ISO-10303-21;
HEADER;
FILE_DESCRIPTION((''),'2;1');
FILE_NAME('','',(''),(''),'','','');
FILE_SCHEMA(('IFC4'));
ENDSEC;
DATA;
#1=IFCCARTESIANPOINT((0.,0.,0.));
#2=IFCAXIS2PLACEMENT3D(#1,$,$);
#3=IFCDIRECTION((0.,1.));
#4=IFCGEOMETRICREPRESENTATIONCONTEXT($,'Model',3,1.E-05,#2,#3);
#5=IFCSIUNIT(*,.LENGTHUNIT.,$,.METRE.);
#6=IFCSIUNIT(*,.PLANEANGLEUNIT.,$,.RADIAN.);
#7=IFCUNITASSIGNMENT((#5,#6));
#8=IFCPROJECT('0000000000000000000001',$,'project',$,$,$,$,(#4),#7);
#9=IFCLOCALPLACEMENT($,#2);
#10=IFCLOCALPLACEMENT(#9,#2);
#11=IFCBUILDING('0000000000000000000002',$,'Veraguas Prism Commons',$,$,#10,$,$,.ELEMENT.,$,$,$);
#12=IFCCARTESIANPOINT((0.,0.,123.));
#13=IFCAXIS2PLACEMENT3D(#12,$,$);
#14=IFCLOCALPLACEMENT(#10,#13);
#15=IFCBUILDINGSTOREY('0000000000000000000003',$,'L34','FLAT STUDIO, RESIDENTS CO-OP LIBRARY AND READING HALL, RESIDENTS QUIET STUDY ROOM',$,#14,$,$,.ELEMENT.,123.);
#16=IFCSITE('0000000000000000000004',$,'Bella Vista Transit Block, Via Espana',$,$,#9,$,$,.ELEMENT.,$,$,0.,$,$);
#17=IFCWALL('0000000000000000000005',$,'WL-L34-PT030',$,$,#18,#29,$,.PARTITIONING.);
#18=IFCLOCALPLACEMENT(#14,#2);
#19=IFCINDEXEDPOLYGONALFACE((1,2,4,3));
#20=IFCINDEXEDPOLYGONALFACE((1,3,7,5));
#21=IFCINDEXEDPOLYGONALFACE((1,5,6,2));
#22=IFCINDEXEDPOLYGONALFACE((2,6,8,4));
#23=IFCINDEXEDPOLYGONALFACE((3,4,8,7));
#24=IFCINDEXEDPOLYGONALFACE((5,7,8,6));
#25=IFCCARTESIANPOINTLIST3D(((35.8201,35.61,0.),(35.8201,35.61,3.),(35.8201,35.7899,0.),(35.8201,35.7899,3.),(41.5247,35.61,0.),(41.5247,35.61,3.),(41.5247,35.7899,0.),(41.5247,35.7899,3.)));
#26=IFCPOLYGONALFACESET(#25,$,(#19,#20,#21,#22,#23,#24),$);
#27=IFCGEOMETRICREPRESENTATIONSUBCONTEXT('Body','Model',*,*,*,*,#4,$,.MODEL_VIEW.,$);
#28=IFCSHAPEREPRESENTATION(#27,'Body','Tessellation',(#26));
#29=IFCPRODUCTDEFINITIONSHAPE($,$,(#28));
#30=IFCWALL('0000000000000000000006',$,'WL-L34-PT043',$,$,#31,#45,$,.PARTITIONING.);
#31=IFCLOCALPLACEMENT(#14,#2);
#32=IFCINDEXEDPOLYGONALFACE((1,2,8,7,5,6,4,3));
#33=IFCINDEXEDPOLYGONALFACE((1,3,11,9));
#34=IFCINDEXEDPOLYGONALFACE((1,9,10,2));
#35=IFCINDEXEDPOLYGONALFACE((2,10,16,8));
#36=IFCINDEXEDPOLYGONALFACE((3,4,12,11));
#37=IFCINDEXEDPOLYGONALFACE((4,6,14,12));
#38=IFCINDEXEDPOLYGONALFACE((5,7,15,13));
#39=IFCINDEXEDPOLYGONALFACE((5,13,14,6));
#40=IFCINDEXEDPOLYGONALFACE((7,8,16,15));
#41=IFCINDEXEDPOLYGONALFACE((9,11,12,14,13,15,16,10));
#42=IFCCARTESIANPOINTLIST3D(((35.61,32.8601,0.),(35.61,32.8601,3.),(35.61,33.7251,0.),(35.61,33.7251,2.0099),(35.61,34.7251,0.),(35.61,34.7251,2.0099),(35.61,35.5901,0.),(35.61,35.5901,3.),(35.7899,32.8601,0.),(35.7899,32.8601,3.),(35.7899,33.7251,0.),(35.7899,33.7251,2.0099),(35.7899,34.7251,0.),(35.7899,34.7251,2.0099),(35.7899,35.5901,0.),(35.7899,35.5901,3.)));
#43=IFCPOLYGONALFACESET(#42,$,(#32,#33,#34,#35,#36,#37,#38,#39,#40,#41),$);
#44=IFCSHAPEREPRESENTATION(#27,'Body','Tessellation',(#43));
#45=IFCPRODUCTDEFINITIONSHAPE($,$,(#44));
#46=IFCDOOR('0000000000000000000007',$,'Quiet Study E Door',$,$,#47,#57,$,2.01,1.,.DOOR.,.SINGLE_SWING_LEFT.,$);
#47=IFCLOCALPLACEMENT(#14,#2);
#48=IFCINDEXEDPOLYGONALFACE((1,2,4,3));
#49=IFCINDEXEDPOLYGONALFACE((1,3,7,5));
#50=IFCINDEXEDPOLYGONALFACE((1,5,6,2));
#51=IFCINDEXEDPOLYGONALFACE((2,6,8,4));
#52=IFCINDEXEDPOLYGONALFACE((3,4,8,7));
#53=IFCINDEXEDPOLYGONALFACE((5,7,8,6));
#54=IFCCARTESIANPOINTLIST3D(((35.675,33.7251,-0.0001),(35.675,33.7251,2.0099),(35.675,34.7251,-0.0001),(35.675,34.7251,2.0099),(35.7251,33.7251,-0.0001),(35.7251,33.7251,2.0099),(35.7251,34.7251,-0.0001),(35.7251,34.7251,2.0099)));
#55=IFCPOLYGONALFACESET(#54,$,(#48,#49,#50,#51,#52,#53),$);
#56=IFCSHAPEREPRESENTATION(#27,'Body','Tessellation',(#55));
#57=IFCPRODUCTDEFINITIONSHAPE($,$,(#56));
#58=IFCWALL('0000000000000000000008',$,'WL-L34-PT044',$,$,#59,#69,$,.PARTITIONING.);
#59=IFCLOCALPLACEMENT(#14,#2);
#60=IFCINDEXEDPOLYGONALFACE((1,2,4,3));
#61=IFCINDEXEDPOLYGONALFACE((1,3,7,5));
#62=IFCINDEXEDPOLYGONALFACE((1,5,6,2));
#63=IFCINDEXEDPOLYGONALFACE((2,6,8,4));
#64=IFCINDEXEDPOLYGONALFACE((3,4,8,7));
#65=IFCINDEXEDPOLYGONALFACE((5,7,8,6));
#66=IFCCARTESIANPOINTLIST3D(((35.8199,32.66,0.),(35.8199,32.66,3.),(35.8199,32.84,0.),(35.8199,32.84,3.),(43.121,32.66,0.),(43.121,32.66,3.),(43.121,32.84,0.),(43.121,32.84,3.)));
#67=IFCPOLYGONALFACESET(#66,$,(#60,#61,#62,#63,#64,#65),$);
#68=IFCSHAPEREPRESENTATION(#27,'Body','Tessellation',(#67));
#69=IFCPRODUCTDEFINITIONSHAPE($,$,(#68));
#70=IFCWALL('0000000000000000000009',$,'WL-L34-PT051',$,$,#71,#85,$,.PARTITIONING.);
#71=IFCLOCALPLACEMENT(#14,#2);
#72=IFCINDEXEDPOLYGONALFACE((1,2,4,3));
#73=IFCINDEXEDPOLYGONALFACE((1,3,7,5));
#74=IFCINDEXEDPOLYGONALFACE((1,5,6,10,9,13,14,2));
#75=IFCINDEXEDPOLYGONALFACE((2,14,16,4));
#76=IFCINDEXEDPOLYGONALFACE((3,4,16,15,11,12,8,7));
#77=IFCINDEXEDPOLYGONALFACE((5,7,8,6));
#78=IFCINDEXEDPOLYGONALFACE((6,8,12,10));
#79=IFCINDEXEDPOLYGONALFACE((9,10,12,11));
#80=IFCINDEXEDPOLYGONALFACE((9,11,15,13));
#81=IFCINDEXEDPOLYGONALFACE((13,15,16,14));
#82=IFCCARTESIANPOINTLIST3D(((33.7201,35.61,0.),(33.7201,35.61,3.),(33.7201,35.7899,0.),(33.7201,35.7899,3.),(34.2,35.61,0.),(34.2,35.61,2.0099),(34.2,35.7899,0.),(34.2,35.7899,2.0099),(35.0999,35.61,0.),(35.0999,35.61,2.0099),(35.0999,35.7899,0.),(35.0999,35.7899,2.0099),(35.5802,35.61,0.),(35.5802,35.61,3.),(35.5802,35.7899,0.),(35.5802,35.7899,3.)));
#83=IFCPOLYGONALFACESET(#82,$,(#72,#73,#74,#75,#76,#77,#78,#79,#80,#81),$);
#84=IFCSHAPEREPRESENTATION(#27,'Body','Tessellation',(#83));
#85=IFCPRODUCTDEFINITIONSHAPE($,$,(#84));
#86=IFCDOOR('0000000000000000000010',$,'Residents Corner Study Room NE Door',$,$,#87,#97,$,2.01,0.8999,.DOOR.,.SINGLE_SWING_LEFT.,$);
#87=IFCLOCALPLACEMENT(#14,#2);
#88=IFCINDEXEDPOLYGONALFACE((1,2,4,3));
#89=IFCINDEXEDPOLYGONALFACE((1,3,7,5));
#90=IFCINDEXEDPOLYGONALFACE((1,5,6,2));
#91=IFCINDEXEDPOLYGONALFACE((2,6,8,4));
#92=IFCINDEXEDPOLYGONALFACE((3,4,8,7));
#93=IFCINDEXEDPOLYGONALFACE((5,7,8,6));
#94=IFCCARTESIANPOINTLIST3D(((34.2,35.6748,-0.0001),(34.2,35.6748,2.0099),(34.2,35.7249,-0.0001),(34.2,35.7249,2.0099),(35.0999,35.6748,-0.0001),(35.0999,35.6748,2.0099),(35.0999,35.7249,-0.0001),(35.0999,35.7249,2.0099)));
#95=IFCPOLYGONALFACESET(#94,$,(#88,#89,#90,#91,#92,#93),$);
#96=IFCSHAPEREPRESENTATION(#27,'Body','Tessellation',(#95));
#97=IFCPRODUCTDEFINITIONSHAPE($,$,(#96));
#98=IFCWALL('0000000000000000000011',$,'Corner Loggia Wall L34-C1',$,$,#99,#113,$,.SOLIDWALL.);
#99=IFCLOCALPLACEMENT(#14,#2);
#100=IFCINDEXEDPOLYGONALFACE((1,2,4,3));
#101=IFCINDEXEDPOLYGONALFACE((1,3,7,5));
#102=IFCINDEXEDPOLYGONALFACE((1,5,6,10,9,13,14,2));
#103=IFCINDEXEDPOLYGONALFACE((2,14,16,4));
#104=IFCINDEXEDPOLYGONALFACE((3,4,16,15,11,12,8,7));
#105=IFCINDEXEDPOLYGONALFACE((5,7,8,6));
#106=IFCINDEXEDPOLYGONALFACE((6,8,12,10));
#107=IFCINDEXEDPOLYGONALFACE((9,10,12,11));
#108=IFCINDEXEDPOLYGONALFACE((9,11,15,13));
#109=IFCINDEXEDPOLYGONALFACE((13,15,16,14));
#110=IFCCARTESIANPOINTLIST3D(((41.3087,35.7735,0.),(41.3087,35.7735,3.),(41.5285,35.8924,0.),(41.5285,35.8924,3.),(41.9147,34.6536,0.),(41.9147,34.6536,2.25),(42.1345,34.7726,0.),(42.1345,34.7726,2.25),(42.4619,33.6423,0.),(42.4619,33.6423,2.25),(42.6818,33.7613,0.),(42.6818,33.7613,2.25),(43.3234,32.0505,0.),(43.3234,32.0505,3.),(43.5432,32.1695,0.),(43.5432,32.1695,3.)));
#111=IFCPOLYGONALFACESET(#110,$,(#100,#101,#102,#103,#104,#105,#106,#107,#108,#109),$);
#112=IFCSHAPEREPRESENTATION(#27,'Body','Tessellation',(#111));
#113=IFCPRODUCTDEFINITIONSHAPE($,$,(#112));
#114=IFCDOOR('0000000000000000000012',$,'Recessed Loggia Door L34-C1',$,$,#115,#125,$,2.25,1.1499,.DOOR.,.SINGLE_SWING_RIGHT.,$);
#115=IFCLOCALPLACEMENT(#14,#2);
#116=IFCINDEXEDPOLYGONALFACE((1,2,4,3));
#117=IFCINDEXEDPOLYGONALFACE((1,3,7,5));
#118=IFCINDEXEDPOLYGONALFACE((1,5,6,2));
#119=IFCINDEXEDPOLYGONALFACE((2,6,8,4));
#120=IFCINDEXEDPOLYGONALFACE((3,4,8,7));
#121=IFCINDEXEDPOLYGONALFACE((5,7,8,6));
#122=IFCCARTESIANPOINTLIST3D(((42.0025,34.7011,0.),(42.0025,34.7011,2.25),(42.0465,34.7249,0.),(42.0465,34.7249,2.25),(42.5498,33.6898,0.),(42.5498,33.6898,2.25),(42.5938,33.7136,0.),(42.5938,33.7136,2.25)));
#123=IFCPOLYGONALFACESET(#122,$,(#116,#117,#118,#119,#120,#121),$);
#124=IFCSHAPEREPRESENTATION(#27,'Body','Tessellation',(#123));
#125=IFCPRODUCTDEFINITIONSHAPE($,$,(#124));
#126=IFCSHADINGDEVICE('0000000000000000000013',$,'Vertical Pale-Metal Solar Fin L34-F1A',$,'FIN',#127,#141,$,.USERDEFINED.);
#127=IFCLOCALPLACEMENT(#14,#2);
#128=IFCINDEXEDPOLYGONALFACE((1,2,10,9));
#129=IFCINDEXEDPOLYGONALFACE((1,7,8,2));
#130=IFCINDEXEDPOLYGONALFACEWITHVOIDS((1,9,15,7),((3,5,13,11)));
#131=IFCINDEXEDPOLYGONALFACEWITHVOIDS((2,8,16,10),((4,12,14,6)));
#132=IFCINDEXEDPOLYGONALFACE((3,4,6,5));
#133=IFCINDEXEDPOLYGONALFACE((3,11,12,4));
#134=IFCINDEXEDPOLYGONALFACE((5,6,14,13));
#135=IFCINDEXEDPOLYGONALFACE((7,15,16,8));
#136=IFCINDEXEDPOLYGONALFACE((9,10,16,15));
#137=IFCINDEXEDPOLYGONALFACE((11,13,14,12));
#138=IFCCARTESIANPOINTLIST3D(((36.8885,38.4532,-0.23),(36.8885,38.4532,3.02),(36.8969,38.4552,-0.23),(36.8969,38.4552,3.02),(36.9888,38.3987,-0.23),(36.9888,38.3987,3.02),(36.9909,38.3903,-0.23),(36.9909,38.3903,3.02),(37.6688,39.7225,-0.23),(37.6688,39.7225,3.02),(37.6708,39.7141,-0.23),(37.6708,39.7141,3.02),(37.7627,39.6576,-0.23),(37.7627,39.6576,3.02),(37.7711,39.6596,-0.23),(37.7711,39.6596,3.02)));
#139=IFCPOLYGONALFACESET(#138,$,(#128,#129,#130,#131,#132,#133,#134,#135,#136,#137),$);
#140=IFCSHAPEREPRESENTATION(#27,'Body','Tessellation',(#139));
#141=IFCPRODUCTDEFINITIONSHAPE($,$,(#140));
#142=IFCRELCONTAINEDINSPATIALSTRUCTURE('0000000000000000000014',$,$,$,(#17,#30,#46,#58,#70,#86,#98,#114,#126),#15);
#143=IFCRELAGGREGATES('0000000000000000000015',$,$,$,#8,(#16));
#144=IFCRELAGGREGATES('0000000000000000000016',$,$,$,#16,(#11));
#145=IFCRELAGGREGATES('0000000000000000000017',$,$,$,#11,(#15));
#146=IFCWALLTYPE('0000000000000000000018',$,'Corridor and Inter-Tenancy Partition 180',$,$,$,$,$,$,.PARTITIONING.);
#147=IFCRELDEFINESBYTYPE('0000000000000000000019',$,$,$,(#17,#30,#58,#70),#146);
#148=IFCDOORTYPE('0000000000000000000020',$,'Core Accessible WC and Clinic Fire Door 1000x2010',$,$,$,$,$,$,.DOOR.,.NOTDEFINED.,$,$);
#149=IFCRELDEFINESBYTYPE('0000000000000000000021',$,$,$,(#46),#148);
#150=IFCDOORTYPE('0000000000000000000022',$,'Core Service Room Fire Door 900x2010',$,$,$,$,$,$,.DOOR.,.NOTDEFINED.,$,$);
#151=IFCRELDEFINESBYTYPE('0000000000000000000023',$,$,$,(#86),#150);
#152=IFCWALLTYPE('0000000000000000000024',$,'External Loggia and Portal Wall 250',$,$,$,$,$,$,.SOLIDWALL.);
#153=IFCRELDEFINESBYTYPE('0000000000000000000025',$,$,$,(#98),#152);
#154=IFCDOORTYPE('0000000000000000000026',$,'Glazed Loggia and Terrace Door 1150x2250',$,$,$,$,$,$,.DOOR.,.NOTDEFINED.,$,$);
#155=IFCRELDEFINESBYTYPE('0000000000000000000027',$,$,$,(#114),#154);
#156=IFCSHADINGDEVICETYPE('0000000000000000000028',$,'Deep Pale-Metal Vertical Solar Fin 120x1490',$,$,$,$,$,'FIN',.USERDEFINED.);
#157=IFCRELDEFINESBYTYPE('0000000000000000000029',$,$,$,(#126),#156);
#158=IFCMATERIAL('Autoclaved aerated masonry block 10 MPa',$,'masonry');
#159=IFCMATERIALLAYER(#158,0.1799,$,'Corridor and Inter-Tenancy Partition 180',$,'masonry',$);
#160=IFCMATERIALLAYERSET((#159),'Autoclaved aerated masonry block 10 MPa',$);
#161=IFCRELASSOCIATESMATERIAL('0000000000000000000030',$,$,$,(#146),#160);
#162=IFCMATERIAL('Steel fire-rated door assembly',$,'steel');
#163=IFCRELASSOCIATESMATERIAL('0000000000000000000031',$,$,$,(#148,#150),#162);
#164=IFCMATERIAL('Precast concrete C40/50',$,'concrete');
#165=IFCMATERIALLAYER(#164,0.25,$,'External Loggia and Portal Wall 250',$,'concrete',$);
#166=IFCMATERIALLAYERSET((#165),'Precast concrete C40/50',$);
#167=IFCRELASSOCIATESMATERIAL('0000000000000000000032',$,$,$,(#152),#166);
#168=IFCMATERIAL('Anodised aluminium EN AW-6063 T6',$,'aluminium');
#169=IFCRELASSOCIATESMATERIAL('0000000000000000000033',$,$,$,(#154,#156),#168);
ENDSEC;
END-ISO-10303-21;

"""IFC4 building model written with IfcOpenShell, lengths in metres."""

from ifc_helpers import new_model, si_unit, direction, frame, frame_2d, origin, origin_2d, place, context, subcontext, project, spatial, rectangle, hollow_rectangle, extrude, source, transform, mapped, material, layer, layer_set, material_profile, profile_set, type_object, element, fill, save


model = new_model("IFC4")

# Units and contexts
model_context = context("Model", 3, precision=1e-05, world=origin(), true_north=direction((0.0, 1.0)))
body_context = subcontext(model_context, "Body", "Model", "MODEL_VIEW")
ifc_project = project(units=[si_unit("LENGTHUNIT", "METRE"), si_unit("PLANEANGLEUNIT", "RADIAN")], contexts=[model_context])

# Site, building, storey
site_placement = place(None, origin())
site = spatial("IfcSite", under=ifc_project, at=site_placement, Name="Bella Vista Transit Block, Via Espana", CompositionType="ELEMENT", RefElevation=0.0)
building_placement = place(site_placement, origin())
building = spatial("IfcBuilding", under=site, at=building_placement, Name="Veraguas Prism Commons", CompositionType="ELEMENT")
storey_placement = place(building_placement, frame((0.0, 0.0, 123.0)))
storey = spatial("IfcBuildingStorey", under=building, at=storey_placement, Name="L34", Description="FLAT STUDIO, RESIDENTS CO-OP LIBRARY AND READING HALL, RESIDENTS QUIET STUDY ROOM", CompositionType="ELEMENT", Elevation=123.0)

# Shared definitions
ifc_material_1 = material(Name="Anodised aluminium EN AW-6063 T6", Category="aluminium")

# Wall
ifc_material_2 = material(Name="Autoclaved aerated masonry block 10 MPa", Category="masonry")
ifc_layer_1 = layer(ifc_material_2, 0.1799, Name="Corridor and Inter-Tenancy Partition 180", Category="masonry")
ifc_layer_set_1 = layer_set([ifc_layer_1], Name="Autoclaved aerated masonry block 10 MPa")
wall_type_1 = type_object("IfcWallType", Name="Corridor and Inter-Tenancy Partition 180", PredefinedType="PARTITIONING", material=ifc_layer_set_1)
wall_1_placement = place(storey_placement, frame((35.8201, 35.7, 0.0), z_axis=(0.0, 0.0, 1.0), x_axis=(1.0, 0.0, 0.0)))
element("IfcWall", 1, at=wall_1_placement, inside=storey, type_object=wall_type_1, Name="WL-L34-PT030", PredefinedType="PARTITIONING", context=body_context, shape_type="SweptSolid", body=[
    extrude(rectangle(XDim=5.7046, YDim=0.1799, at=frame_2d((2.8523, 0.0))), origin(), (0.0, 0.0, 1.0), 3.0),
])

# Wall, opening, door
wall_2_placement = place(storey_placement, frame((35.7, 32.8601, 0.0), z_axis=(0.0, 0.0, 1.0), x_axis=(0.0, 1.0, 0.0)))
wall_2 = element("IfcWall", 2, at=wall_2_placement, inside=storey, type_object=wall_type_1, Name="WL-L34-PT043", PredefinedType="PARTITIONING", context=body_context, shape_type="SweptSolid", body=[
    extrude(rectangle(XDim=2.73, YDim=0.1799, at=frame_2d((1.365, 0.0))), origin(), (0.0, 0.0, 1.0), 3.0),
])
opening_1_placement = place(wall_2_placement, frame((0.865, 0.0, 0.0)))
opening_1 = element("IfcOpeningElement", 3, at=opening_1_placement, cuts=wall_2, PredefinedType="OPENING", context=body_context, shape_type="SweptSolid", body=[
    extrude(rectangle(XDim=1.0, YDim=2.01, at=frame_2d((0.5, 1.0049))), frame((0.0, 0.0999, 0.0), z_axis=(0.0, -1.0, 0.0), x_axis=(1.0, 0.0, 0.0)), (0.0, 0.0, 1.0), 0.2),
])
ifc_material_3 = material(Name="Steel fire-rated door assembly", Category="steel")
door_type_1 = type_object("IfcDoorType", Name="Core Accessible WC and Clinic Fire Door 1000x2010", OperationType="NOTDEFINED", PredefinedType="DOOR", material=ifc_material_3)
shared_shape_1 = source(origin(), body_context, "Body", "SweptSolid", [
    extrude(rectangle(XDim=1.0, YDim=2.01, at=frame_2d((0.5, 1.0049))), frame((0.0, 0.0249, 0.0), z_axis=(0.0, -1.0, 0.0), x_axis=(1.0, 0.0, 0.0)), (0.0, 0.0, 1.0), 0.05),
])
door_1_placement = place(opening_1_placement, origin())
door_1 = element("IfcDoor", 4, at=door_1_placement, inside=storey, type_object=door_type_1, Name="Quiet Study E Door", OperationType="SINGLE_SWING_LEFT", OverallHeight=2.01, OverallWidth=1.0, PredefinedType="DOOR", context=body_context, shape_type="MappedRepresentation", body=[
    mapped(shared_shape_1, transform((0.0, 0.0, 0.0), scale=1.0)),
])
fill(opening_1, door_1)

# Wall
wall_3_placement = place(storey_placement, frame((35.8201, 32.75, 0.0), z_axis=(0.0, 0.0, 1.0), x_axis=(1.0, 0.0, 0.0)))
element("IfcWall", 5, at=wall_3_placement, inside=storey, type_object=wall_type_1, Name="WL-L34-PT044", PredefinedType="PARTITIONING", context=body_context, shape_type="SweptSolid", body=[
    extrude(rectangle(XDim=7.301, YDim=0.1799, at=frame_2d((3.6504, 0.0))), origin(), (0.0, 0.0, 1.0), 3.0),
])

# Walls, openings, doors
wall_4_placement = place(storey_placement, frame((33.72, 35.7, 0.0), z_axis=(0.0, 0.0, 1.0), x_axis=(1.0, 0.0, 0.0)))
wall_4 = element("IfcWall", 6, at=wall_4_placement, inside=storey, type_object=wall_type_1, Name="WL-L34-PT051", PredefinedType="PARTITIONING", context=body_context, shape_type="SweptSolid", body=[
    extrude(rectangle(XDim=1.8601, YDim=0.1799, at=frame_2d((0.9302, 0.0))), origin(), (0.0, 0.0, 1.0), 3.0),
])
opening_2_placement = place(wall_4_placement, frame((0.48, 0.0, 0.0)))
opening_2 = element("IfcOpeningElement", 7, at=opening_2_placement, cuts=wall_4, PredefinedType="OPENING", context=body_context, shape_type="SweptSolid", body=[
    extrude(rectangle(XDim=0.8999, YDim=2.01, at=frame_2d((0.45, 1.0049))), frame((0.0, 0.0999, 0.0), z_axis=(0.0, -1.0, 0.0), x_axis=(1.0, 0.0, 0.0)), (0.0, 0.0, 1.0), 0.2),
])
door_type_2 = type_object("IfcDoorType", Name="Core Service Room Fire Door 900x2010", OperationType="NOTDEFINED", PredefinedType="DOOR", material=ifc_material_3)
shared_shape_2 = source(origin(), body_context, "Body", "SweptSolid", [
    extrude(rectangle(XDim=0.8999, YDim=2.01, at=frame_2d((0.45, 1.0049))), frame((0.0, 0.0249, 0.0), z_axis=(0.0, -1.0, 0.0), x_axis=(1.0, 0.0, 0.0)), (0.0, 0.0, 1.0), 0.05),
])
door_2_placement = place(opening_2_placement, origin())
door_2 = element("IfcDoor", 8, at=door_2_placement, inside=storey, type_object=door_type_2, Name="Residents Corner Study Room NE Door", OperationType="SINGLE_SWING_LEFT", OverallHeight=2.01, OverallWidth=0.8999, PredefinedType="DOOR", context=body_context, shape_type="MappedRepresentation", body=[
    mapped(shared_shape_2, transform((0.0, 0.0, 0.0), scale=1.0)),
])
fill(opening_2, door_2)
ifc_material_4 = material(Name="Precast concrete C40/50", Category="concrete")
ifc_layer_2 = layer(ifc_material_4, 0.25, Name="External Loggia and Portal Wall 250", Category="concrete")
ifc_layer_set_2 = layer_set([ifc_layer_2], Name="Precast concrete C40/50")
wall_type_2 = type_object("IfcWallType", Name="External Loggia and Portal Wall 250", PredefinedType="SOLIDWALL", material=ifc_layer_set_2)
wall_5_placement = place(storey_placement, frame((43.4333, 32.1099, 0.0), z_axis=(0.0, 0.0, 1.0), x_axis=(-0.475932, 0.879482, 0.0)))
wall_5 = element("IfcWall", 9, at=wall_5_placement, inside=storey, type_object=wall_type_2, Name="Corner Loggia Wall L34-C1", PredefinedType="SOLIDWALL", context=body_context, shape_type="SweptSolid", body=[
    extrude(rectangle(XDim=4.2332, YDim=0.25, at=frame_2d((2.1167, 0.0))), origin(), (0.0, 0.0, 1.0), 3.0),
])
opening_3_placement = place(wall_5_placement, frame((1.8101, 0.0, 0.0)))
opening_3 = element("IfcOpeningElement", 10, at=opening_3_placement, cuts=wall_5, PredefinedType="OPENING", context=body_context, shape_type="SweptSolid", body=[
    extrude(rectangle(XDim=1.1499, YDim=2.25, at=frame_2d((0.575, 1.125))), frame((0.0, 0.135, 0.0), z_axis=(0.0, -1.0, 0.0), x_axis=(1.0, 0.0, 0.0)), (0.0, 0.0, 1.0), 0.27),
])
door_type_3 = type_object("IfcDoorType", Name="Glazed Loggia and Terrace Door 1150x2250", OperationType="NOTDEFINED", PredefinedType="DOOR", material=ifc_material_1)
shared_shape_3 = source(origin(), body_context, "Body", "SweptSolid", [
    extrude(rectangle(XDim=1.1499, YDim=2.25, at=frame_2d((0.575, 1.125))), frame((0.0, 0.0249, 0.0), z_axis=(0.0, -1.0, 0.0), x_axis=(1.0, 0.0, 0.0)), (0.0, 0.0, 1.0), 0.05),
])
door_3_placement = place(opening_3_placement, frame((1.1499, 0.0, 0.0), z_axis=(0.0, 0.0, 1.0), x_axis=(-1.0, 0.0, 0.0)))
door_3 = element("IfcDoor", 11, at=door_3_placement, inside=storey, type_object=door_type_3, Name="Recessed Loggia Door L34-C1", OperationType="SINGLE_SWING_RIGHT", OverallHeight=2.25, OverallWidth=1.1499, PredefinedType="DOOR", context=body_context, shape_type="MappedRepresentation", body=[
    mapped(shared_shape_3, transform((0.0, 0.0, 0.0), scale=1.0)),
])
fill(opening_3, door_3)

# Shading device
ifc_material_profile_1 = material_profile(ifc_material_1, hollow_rectangle(XDim=0.1201, YDim=1.49, WallThickness=0.0061, at=origin_2d()), Name="FIN120X1490X6")
ifc_profile_set_1 = profile_set([ifc_material_profile_1], Name="Anodised aluminium EN AW-6063 T6")
shading_device_type = type_object("IfcShadingDeviceType", Name="Deep Pale-Metal Vertical Solar Fin 120x1490", ElementType="FIN", PredefinedType="USERDEFINED", material=ifc_profile_set_1)
shading_device_placement = place(storey_placement, frame((37.3298, 39.0564, -0.23), z_axis=(0.0, 0.0, 1.0), x_axis=(-0.851909, 0.52369, 0.0)))
element("IfcShadingDevice", 12, at=shading_device_placement, inside=storey, type_object=shading_device_type, Name="Vertical Pale-Metal Solar Fin L34-F1A", ObjectType="FIN", PredefinedType="USERDEFINED", context=body_context, shape_type="SweptSolid", body=[
    extrude(hollow_rectangle(XDim=0.1201, YDim=1.49, WallThickness=0.0061, at=origin_2d()), origin(), (0.0, 0.0, 1.0), 3.25),
])

save(model, "model.ifc")
